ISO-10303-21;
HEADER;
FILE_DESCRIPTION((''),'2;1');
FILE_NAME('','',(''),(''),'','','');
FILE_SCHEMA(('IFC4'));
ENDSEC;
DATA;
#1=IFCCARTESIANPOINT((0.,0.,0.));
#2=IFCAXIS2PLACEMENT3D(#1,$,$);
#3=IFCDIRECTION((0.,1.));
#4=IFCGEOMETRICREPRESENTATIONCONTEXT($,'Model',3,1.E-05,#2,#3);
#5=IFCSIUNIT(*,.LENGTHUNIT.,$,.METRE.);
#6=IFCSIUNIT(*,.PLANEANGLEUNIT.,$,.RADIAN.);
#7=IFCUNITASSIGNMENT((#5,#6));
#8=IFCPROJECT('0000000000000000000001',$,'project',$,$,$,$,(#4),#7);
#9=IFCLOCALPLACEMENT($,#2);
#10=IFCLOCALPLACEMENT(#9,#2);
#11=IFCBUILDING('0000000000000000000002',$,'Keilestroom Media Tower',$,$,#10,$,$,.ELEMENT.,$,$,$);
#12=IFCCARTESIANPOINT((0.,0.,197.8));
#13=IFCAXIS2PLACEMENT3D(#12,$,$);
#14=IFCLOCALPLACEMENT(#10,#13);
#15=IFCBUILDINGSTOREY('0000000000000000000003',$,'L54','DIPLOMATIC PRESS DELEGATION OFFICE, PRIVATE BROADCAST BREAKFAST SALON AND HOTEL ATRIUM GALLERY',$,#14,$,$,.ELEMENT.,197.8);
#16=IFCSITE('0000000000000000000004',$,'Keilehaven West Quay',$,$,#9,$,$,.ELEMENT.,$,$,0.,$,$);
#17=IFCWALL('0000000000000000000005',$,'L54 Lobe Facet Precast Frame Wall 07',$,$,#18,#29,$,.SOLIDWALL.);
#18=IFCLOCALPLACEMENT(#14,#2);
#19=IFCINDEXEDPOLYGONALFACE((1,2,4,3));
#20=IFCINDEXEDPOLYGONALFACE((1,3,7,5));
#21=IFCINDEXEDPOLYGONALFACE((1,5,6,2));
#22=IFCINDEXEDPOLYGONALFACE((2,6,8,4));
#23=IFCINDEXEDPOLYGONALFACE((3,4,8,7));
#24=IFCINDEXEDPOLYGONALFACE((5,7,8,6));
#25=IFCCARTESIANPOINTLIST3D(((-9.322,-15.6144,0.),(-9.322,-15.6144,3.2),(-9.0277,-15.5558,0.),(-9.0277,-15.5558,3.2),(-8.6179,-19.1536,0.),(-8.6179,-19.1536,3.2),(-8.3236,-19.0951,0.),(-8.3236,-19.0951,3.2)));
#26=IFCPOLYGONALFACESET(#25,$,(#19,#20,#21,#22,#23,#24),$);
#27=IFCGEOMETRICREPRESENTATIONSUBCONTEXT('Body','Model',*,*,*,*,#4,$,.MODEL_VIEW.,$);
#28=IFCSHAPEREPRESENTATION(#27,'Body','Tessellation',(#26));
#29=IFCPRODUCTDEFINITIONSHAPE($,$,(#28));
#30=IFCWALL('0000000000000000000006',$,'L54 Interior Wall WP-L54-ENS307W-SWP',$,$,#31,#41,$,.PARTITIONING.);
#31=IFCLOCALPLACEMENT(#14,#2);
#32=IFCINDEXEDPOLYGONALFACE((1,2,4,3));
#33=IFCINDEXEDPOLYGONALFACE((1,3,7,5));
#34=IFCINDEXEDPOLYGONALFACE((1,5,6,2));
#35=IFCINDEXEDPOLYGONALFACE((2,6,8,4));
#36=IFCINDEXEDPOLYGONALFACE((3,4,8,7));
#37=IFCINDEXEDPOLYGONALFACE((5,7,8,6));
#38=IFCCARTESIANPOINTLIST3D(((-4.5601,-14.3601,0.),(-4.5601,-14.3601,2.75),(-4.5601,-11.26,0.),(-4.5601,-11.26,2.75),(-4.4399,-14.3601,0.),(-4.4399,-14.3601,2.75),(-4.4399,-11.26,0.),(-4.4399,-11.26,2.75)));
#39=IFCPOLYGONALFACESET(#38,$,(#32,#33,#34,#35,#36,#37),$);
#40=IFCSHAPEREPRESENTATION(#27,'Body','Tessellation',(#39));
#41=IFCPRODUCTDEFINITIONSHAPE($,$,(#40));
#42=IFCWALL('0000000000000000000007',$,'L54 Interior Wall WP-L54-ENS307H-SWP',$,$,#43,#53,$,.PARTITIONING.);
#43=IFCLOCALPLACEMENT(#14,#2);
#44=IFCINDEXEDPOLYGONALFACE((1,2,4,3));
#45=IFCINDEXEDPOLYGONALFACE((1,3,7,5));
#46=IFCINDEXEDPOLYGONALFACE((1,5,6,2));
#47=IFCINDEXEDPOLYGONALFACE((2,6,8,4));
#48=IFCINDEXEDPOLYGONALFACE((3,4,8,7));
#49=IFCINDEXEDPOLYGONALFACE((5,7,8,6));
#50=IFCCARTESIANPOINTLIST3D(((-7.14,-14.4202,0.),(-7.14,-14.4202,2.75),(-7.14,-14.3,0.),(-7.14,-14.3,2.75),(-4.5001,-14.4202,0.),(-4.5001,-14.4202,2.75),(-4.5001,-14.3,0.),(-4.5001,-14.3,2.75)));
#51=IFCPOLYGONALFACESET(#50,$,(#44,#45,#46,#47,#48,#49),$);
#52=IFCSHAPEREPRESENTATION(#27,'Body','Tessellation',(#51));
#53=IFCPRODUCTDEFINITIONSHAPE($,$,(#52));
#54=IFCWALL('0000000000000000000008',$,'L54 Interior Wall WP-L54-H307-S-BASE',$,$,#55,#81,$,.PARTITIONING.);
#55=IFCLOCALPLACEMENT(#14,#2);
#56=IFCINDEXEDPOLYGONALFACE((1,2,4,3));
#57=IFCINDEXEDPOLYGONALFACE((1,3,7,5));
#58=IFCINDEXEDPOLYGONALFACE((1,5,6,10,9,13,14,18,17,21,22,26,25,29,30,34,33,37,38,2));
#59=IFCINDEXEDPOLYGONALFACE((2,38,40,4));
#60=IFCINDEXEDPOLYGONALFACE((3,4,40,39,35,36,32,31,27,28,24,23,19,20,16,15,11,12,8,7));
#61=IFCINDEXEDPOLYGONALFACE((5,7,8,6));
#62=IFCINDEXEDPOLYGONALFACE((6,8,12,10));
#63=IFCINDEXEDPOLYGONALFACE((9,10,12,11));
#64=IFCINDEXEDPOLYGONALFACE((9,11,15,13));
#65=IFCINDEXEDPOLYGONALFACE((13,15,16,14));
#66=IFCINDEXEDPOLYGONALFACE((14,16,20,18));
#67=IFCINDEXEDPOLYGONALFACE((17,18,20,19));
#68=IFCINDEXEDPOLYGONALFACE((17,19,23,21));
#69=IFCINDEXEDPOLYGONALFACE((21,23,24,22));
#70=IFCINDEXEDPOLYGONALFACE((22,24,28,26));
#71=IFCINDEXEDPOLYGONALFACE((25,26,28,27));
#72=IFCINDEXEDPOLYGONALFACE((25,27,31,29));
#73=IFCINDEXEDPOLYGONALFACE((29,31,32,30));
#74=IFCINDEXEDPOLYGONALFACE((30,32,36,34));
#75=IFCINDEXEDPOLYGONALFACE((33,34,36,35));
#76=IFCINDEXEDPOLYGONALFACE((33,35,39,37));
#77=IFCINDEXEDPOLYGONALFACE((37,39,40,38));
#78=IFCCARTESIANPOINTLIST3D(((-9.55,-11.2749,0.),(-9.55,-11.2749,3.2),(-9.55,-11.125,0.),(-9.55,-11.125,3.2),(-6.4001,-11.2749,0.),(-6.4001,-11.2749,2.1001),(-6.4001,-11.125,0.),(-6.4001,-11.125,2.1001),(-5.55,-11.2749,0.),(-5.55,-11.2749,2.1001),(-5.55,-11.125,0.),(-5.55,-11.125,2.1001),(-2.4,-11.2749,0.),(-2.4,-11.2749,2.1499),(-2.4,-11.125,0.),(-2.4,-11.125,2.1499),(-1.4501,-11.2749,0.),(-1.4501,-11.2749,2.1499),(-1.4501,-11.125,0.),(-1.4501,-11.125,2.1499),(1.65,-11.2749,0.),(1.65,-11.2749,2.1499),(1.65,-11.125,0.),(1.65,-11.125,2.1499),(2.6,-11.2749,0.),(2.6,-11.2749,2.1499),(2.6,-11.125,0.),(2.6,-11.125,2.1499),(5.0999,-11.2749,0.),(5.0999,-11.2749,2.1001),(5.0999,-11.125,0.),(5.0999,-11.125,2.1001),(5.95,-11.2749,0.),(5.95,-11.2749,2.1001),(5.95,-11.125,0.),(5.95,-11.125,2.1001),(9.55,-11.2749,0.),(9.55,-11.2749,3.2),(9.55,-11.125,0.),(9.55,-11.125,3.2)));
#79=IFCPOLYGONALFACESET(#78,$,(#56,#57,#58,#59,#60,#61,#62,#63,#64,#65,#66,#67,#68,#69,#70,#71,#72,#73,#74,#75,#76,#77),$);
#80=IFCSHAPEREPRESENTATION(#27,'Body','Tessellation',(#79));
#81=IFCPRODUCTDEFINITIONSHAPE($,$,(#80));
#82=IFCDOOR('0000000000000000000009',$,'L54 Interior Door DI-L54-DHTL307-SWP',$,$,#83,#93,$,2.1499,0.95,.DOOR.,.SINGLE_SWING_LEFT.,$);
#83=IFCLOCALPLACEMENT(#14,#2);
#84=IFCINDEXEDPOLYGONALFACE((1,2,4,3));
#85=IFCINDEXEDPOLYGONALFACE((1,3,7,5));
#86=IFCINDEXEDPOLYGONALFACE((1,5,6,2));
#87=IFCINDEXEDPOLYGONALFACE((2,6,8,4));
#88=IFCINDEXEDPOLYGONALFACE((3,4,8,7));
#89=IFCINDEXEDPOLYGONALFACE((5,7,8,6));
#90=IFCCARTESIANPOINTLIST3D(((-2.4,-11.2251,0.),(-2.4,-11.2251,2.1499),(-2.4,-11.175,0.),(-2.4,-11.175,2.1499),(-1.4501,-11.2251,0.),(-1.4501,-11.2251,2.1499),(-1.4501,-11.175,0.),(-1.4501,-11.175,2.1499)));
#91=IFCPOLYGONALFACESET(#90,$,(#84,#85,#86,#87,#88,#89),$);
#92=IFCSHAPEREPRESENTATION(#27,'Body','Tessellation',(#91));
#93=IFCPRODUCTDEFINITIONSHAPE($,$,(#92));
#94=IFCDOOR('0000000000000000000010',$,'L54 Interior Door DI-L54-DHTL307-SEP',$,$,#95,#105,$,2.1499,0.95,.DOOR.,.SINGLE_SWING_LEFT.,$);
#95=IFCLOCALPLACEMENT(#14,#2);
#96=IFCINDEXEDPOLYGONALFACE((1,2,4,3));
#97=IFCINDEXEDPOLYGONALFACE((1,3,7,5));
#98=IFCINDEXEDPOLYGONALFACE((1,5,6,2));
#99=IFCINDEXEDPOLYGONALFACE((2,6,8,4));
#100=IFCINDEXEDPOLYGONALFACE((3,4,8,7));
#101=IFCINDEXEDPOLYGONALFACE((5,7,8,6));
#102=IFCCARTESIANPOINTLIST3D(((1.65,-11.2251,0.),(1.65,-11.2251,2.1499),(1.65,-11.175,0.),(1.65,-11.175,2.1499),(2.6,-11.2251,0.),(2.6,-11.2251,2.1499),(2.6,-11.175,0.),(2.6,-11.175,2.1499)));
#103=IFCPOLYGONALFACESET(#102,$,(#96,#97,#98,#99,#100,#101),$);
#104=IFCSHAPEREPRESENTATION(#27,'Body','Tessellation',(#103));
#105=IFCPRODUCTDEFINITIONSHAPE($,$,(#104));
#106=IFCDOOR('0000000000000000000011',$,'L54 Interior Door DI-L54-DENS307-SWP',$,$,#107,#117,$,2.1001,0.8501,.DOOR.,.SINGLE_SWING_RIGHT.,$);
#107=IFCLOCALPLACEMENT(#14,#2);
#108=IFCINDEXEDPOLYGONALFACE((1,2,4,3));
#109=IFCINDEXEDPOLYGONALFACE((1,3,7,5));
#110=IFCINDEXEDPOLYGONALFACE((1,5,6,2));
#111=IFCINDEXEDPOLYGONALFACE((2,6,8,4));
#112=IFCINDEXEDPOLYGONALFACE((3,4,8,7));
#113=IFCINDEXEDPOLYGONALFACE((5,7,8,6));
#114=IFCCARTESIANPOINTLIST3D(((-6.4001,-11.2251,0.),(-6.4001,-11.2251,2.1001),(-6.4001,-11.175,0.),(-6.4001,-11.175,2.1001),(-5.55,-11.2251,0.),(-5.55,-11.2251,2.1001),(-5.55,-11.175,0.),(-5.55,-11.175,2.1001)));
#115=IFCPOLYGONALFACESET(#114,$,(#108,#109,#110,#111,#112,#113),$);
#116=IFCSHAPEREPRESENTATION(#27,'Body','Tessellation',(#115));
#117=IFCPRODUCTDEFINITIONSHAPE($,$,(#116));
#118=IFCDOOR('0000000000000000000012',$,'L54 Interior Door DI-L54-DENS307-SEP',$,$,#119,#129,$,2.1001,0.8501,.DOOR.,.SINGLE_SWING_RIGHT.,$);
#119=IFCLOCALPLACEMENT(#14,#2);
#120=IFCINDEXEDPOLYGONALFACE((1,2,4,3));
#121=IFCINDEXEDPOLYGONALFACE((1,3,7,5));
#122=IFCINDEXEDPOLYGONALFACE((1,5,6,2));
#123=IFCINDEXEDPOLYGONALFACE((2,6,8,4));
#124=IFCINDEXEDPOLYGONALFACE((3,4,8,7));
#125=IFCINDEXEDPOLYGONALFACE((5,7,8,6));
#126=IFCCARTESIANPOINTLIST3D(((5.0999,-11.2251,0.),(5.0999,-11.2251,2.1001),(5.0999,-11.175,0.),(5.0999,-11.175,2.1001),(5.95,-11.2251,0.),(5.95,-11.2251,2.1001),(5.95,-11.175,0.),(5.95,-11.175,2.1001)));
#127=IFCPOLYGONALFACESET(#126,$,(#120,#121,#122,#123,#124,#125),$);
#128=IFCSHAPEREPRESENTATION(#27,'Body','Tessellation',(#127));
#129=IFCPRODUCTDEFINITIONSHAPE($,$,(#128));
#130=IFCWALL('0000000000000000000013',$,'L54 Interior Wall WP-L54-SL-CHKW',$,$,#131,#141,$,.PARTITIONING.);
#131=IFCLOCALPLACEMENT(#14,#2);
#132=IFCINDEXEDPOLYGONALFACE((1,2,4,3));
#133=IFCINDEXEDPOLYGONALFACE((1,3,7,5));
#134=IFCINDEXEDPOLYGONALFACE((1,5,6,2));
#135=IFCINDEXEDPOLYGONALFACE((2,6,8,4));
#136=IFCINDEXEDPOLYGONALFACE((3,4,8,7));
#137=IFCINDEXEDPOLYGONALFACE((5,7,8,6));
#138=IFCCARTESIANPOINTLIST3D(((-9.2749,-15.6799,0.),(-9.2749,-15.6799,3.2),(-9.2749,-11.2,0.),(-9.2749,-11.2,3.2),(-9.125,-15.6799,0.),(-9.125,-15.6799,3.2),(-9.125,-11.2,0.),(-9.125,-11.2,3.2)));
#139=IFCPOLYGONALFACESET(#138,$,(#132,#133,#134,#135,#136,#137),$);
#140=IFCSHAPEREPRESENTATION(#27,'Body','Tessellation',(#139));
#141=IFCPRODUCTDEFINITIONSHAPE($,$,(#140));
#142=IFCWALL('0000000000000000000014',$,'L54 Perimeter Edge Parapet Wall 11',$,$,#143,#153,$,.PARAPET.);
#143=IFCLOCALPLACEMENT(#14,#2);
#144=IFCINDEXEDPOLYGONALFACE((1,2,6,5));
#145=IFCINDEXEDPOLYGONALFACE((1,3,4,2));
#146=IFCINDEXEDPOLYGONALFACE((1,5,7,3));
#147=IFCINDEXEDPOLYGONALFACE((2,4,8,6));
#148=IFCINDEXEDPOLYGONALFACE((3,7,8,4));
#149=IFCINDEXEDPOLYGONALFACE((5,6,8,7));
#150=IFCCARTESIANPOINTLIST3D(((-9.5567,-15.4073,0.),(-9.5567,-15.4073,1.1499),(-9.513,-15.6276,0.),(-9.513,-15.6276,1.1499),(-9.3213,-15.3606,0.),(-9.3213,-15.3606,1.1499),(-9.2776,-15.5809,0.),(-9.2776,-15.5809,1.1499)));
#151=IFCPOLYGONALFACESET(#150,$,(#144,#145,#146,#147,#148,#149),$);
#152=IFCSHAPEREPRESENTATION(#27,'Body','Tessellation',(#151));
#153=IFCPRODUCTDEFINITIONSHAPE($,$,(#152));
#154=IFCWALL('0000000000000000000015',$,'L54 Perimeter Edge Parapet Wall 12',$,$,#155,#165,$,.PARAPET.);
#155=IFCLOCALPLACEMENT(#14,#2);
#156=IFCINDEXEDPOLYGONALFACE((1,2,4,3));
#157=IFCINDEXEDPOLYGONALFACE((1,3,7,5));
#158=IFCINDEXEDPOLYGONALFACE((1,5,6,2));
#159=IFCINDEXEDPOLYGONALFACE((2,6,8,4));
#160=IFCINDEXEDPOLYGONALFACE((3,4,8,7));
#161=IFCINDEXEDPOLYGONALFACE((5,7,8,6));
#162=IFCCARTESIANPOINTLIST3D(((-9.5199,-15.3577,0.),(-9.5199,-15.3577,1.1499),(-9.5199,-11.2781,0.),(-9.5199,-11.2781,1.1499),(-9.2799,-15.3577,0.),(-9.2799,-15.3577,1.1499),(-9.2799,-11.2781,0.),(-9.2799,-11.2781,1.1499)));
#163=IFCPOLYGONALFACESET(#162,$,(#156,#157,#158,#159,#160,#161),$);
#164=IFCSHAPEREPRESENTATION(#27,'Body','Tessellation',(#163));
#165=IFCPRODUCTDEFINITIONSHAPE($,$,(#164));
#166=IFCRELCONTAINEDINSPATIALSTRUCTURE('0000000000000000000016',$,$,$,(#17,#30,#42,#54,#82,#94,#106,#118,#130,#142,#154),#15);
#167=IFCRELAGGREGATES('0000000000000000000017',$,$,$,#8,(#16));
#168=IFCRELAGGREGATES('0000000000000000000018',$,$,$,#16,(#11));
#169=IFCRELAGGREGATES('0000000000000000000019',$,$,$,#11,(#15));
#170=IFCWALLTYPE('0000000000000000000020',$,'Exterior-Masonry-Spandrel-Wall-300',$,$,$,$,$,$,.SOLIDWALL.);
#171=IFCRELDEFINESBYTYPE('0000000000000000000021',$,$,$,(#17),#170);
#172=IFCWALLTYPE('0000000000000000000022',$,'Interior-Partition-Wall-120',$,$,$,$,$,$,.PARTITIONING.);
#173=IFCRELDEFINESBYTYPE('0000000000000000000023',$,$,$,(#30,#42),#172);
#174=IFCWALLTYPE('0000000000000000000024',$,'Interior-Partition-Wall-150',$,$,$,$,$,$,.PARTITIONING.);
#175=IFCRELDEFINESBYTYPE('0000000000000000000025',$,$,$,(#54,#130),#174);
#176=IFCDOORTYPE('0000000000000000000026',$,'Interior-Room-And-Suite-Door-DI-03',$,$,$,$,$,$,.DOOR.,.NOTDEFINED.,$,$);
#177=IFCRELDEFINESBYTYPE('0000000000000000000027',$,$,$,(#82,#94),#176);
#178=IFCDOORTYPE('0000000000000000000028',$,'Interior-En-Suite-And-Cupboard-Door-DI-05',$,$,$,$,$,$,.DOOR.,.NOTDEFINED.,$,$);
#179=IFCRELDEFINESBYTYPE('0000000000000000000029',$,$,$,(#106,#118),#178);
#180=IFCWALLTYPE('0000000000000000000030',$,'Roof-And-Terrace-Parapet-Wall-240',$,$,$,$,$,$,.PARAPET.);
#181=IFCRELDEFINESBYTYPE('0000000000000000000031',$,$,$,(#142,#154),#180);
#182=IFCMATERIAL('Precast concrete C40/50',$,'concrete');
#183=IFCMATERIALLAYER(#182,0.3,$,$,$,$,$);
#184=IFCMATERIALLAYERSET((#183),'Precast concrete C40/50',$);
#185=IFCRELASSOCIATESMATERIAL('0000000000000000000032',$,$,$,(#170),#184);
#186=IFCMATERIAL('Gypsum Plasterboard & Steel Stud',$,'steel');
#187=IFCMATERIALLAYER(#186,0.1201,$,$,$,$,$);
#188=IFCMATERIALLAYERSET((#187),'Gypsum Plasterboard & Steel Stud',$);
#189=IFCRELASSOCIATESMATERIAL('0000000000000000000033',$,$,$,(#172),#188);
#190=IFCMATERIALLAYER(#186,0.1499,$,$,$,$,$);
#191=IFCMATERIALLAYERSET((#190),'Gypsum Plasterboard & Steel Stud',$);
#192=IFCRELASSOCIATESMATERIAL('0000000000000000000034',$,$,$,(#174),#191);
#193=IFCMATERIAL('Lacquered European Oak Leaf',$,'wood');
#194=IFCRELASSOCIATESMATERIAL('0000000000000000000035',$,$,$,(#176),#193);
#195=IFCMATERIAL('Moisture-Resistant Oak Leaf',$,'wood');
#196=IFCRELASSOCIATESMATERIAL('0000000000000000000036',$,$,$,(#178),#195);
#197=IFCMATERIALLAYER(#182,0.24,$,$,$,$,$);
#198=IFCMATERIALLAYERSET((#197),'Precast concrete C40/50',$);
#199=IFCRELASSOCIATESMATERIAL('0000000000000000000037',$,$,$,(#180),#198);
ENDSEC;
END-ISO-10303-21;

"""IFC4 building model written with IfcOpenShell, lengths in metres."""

from ifc_helpers import new_model, si_unit, direction, frame, frame_2d, origin, place, context, subcontext, project, spatial, rectangle, extrude, source, transform, mapped, material, layer, layer_set, type_object, element, fill, save


model = new_model("IFC4")

# Units and contexts
model_context = context("Model", 3, precision=1e-05, world=origin(), true_north=direction((0.0, 1.0)))
body_context = subcontext(model_context, "Body", "Model", "MODEL_VIEW")
ifc_project = project(units=[si_unit("LENGTHUNIT", "METRE"), si_unit("PLANEANGLEUNIT", "RADIAN")], contexts=[model_context])

# Site, building, storey
site_placement = place(None, origin())
site = spatial("IfcSite", under=ifc_project, at=site_placement, Name="Keilehaven West Quay", CompositionType="ELEMENT", RefElevation=0.0)
building_placement = place(site_placement, origin())
building = spatial("IfcBuilding", under=site, at=building_placement, Name="Keilestroom Media Tower", CompositionType="ELEMENT")
storey_placement = place(building_placement, frame((0.0, 0.0, 197.8)))
storey = spatial("IfcBuildingStorey", under=building, at=storey_placement, Name="L54", Description="DIPLOMATIC PRESS DELEGATION OFFICE, PRIVATE BROADCAST BREAKFAST SALON AND HOTEL ATRIUM GALLERY", CompositionType="ELEMENT", Elevation=197.8)

# Walls
ifc_material_1 = material(Name="Precast concrete C40/50", Category="concrete")
ifc_layer_1 = layer(ifc_material_1, 0.3)
ifc_layer_set_1 = layer_set([ifc_layer_1], Name="Precast concrete C40/50")
wall_type_1 = type_object("IfcWallType", Name="Exterior-Masonry-Spandrel-Wall-300", PredefinedType="SOLIDWALL", material=ifc_layer_set_1)
wall_1_placement = place(storey_placement, frame((-9.1748, -15.5852, 0.0), z_axis=(0.0, 0.0, 1.0), x_axis=(0.195114, -0.980781, 0.0)))
element("IfcWall", 1, at=wall_1_placement, inside=storey, type_object=wall_type_1, Name="L54 Lobe Facet Precast Frame Wall 07", PredefinedType="SOLIDWALL", context=body_context, shape_type="SweptSolid", body=[
    extrude(rectangle(XDim=3.6086, YDim=0.3, at=frame_2d((1.8042, 0.0))), origin(), (0.0, 0.0, 1.0), 3.2),
])
ifc_material_2 = material(Name="Gypsum Plasterboard & Steel Stud", Category="steel")
ifc_layer_2 = layer(ifc_material_2, 0.1201)
ifc_layer_set_2 = layer_set([ifc_layer_2], Name="Gypsum Plasterboard & Steel Stud")
wall_type_2 = type_object("IfcWallType", Name="Interior-Partition-Wall-120", PredefinedType="PARTITIONING", material=ifc_layer_set_2)
wall_2_placement = place(storey_placement, frame((-4.5, -14.3601, 0.0), z_axis=(0.0, 0.0, 1.0), x_axis=(0.0, 1.0, 0.0)))
element("IfcWall", 2, at=wall_2_placement, inside=storey, type_object=wall_type_2, Name="L54 Interior Wall WP-L54-ENS307W-SWP", PredefinedType="PARTITIONING", context=body_context, shape_type="SweptSolid", body=[
    extrude(rectangle(XDim=3.1001, YDim=0.1201, at=frame_2d((1.55, 0.0))), origin(), (0.0, 0.0, 1.0), 2.75),
])
wall_3_placement = place(storey_placement, frame((-7.1399, -14.3601, 0.0), z_axis=(0.0, 0.0, 1.0), x_axis=(1.0, 0.0, 0.0)))
element("IfcWall", 3, at=wall_3_placement, inside=storey, type_object=wall_type_2, Name="L54 Interior Wall WP-L54-ENS307H-SWP", PredefinedType="PARTITIONING", context=body_context, shape_type="SweptSolid", body=[
    extrude(rectangle(XDim=2.6399, YDim=0.1201, at=frame_2d((1.3198, 0.0))), origin(), (0.0, 0.0, 1.0), 2.75),
])

# Wall, openings, doors
ifc_layer_3 = layer(ifc_material_2, 0.1499)
ifc_layer_set_3 = layer_set([ifc_layer_3], Name="Gypsum Plasterboard & Steel Stud")
wall_type_3 = type_object("IfcWallType", Name="Interior-Partition-Wall-150", PredefinedType="PARTITIONING", material=ifc_layer_set_3)
wall_4_placement = place(storey_placement, frame((-9.55, -11.2, 0.0), z_axis=(0.0, 0.0, 1.0), x_axis=(1.0, 0.0, 0.0)))
wall_4 = element("IfcWall", 4, at=wall_4_placement, inside=storey, type_object=wall_type_3, Name="L54 Interior Wall WP-L54-H307-S-BASE", PredefinedType="PARTITIONING", context=body_context, shape_type="SweptSolid", body=[
    extrude(rectangle(XDim=19.1001, YDim=0.1499, at=frame_2d((9.55, 0.0))), origin(), (0.0, 0.0, 1.0), 3.2),
])
opening_1_placement = place(wall_4_placement, frame((3.1499, 0.0, 0.0)))
opening_1 = element("IfcOpeningElement", 5, at=opening_1_placement, cuts=wall_4, PredefinedType="OPENING", context=body_context, shape_type="SweptSolid", body=[
    extrude(rectangle(XDim=0.8501, YDim=2.1001, at=frame_2d((0.425, 1.05))), frame((0.0, 0.085, 0.0), z_axis=(0.0, -1.0, 0.0), x_axis=(1.0, 0.0, 0.0)), (0.0, 0.0, 1.0), 0.1699),
])
opening_2_placement = place(wall_4_placement, frame((7.1499, 0.0, 0.0)))
opening_2 = element("IfcOpeningElement", 6, at=opening_2_placement, cuts=wall_4, PredefinedType="OPENING", context=body_context, shape_type="SweptSolid", body=[
    extrude(rectangle(XDim=0.95, YDim=2.1499, at=frame_2d((0.4751, 1.075))), frame((0.0, 0.085, 0.0), z_axis=(0.0, -1.0, 0.0), x_axis=(1.0, 0.0, 0.0)), (0.0, 0.0, 1.0), 0.1699),
])
opening_3_placement = place(wall_4_placement, frame((14.6499, 0.0, 0.0)))
opening_3 = element("IfcOpeningElement", 7, at=opening_3_placement, cuts=wall_4, PredefinedType="OPENING", context=body_context, shape_type="SweptSolid", body=[
    extrude(rectangle(XDim=0.8501, YDim=2.1001, at=frame_2d((0.425, 1.05))), frame((0.0, 0.085, 0.0), z_axis=(0.0, -1.0, 0.0), x_axis=(1.0, 0.0, 0.0)), (0.0, 0.0, 1.0), 0.1699),
])
opening_4_placement = place(wall_4_placement, frame((11.2, 0.0, 0.0)))
opening_4 = element("IfcOpeningElement", 8, at=opening_4_placement, cuts=wall_4, PredefinedType="OPENING", context=body_context, shape_type="SweptSolid", body=[
    extrude(rectangle(XDim=0.95, YDim=2.1499, at=frame_2d((0.4751, 1.075))), frame((0.0, 0.085, 0.0), z_axis=(0.0, -1.0, 0.0), x_axis=(1.0, 0.0, 0.0)), (0.0, 0.0, 1.0), 0.1699),
])
ifc_material_3 = material(Name="Lacquered European Oak Leaf", Category="wood")
door_type_1 = type_object("IfcDoorType", Name="Interior-Room-And-Suite-Door-DI-03", OperationType="NOTDEFINED", PredefinedType="DOOR", material=ifc_material_3)
shared_shape_1 = source(origin(), body_context, "Body", "SweptSolid", [
    extrude(rectangle(XDim=0.95, YDim=2.1499, at=frame_2d((0.4751, 1.075))), frame((0.0, 0.0249, 0.0), z_axis=(0.0, -1.0, 0.0), x_axis=(1.0, 0.0, 0.0)), (0.0, 0.0, 1.0), 0.05),
])
door_1_placement = place(opening_2_placement, origin())
door_1 = element("IfcDoor", 9, at=door_1_placement, inside=storey, type_object=door_type_1, Name="L54 Interior Door DI-L54-DHTL307-SWP", OperationType="SINGLE_SWING_LEFT", OverallHeight=2.1499, OverallWidth=0.95, PredefinedType="DOOR", context=body_context, shape_type="MappedRepresentation", body=[
    mapped(shared_shape_1, transform((0.0, 0.0, 0.0), x_axis=(1.0, 0.0, 0.0), y_axis=(0.0, 1.0, 0.0), z_axis=(0.0, 0.0, 1.0), scale=1.0)),
])
fill(opening_2, door_1)
door_2_placement = place(opening_4_placement, origin())
door_2 = element("IfcDoor", 10, at=door_2_placement, inside=storey, type_object=door_type_1, Name="L54 Interior Door DI-L54-DHTL307-SEP", OperationType="SINGLE_SWING_LEFT", OverallHeight=2.1499, OverallWidth=0.95, PredefinedType="DOOR", context=body_context, shape_type="MappedRepresentation", body=[
    mapped(shared_shape_1, transform((0.0, 0.0, 0.0), x_axis=(1.0, 0.0, 0.0), y_axis=(0.0, 1.0, 0.0), z_axis=(0.0, 0.0, 1.0), scale=1.0)),
])
fill(opening_4, door_2)
ifc_material_4 = material(Name="Moisture-Resistant Oak Leaf", Category="wood")
door_type_2 = type_object("IfcDoorType", Name="Interior-En-Suite-And-Cupboard-Door-DI-05", OperationType="NOTDEFINED", PredefinedType="DOOR", material=ifc_material_4)
shared_shape_2 = source(origin(), body_context, "Body", "SweptSolid", [
    extrude(rectangle(XDim=0.8501, YDim=2.1001, at=frame_2d((0.425, 1.05))), frame((0.0, 0.0249, 0.0), z_axis=(0.0, -1.0, 0.0), x_axis=(1.0, 0.0, 0.0)), (0.0, 0.0, 1.0), 0.05),
])
door_3_placement = place(opening_1_placement, origin())
door_3 = element("IfcDoor", 11, at=door_3_placement, inside=storey, type_object=door_type_2, Name="L54 Interior Door DI-L54-DENS307-SWP", OperationType="SINGLE_SWING_RIGHT", OverallHeight=2.1001, OverallWidth=0.8501, PredefinedType="DOOR", context=body_context, shape_type="MappedRepresentation", body=[
    mapped(shared_shape_2, transform((0.0, 0.0, 0.0), x_axis=(1.0, 0.0, 0.0), y_axis=(0.0, 1.0, 0.0), z_axis=(0.0, 0.0, 1.0), scale=1.0)),
])
fill(opening_1, door_3)
door_4_placement = place(opening_3_placement, origin())
door_4 = element("IfcDoor", 12, at=door_4_placement, inside=storey, type_object=door_type_2, Name="L54 Interior Door DI-L54-DENS307-SEP", OperationType="SINGLE_SWING_RIGHT", OverallHeight=2.1001, OverallWidth=0.8501, PredefinedType="DOOR", context=body_context, shape_type="MappedRepresentation", body=[
    mapped(shared_shape_2, transform((0.0, 0.0, 0.0), x_axis=(1.0, 0.0, 0.0), y_axis=(0.0, 1.0, 0.0), z_axis=(0.0, 0.0, 1.0), scale=1.0)),
])
fill(opening_3, door_4)

# Walls
wall_5_placement = place(storey_placement, frame((-9.2, -15.6799, 0.0), z_axis=(0.0, 0.0, 1.0), x_axis=(0.0, 1.0, 0.0)))
element("IfcWall", 13, at=wall_5_placement, inside=storey, type_object=wall_type_3, Name="L54 Interior Wall WP-L54-SL-CHKW", PredefinedType="PARTITIONING", context=body_context, shape_type="SweptSolid", body=[
    extrude(rectangle(XDim=4.48, YDim=0.1499, at=frame_2d((2.24, 0.0))), origin(), (0.0, 0.0, 1.0), 3.2),
])
ifc_layer_4 = layer(ifc_material_1, 0.24)
ifc_layer_set_4 = layer_set([ifc_layer_4], Name="Precast concrete C40/50")
wall_type_4 = type_object("IfcWallType", Name="Roof-And-Terrace-Parapet-Wall-240", PredefinedType="PARAPET", material=ifc_layer_set_4)
wall_6_placement = place(storey_placement, frame((-9.3953, -15.6042, 0.0), z_axis=(0.0, 0.0, 1.0), x_axis=(-0.194652, 0.980872, 0.0)))
element("IfcWall", 14, at=wall_6_placement, inside=storey, type_object=wall_type_4, Name="L54 Perimeter Edge Parapet Wall 11", PredefinedType="PARAPET", context=body_context, shape_type="SweptSolid", body=[
    extrude(rectangle(XDim=0.2246, YDim=0.24, at=frame_2d((0.1123, 0.0))), origin(), (0.0, 0.0, 1.0), 1.1499),
])
wall_7_placement = place(storey_placement, frame((-9.3999, -15.3577, 0.0), z_axis=(0.0, 0.0, 1.0), x_axis=(0.0, 1.0, 0.0)))
element("IfcWall", 15, at=wall_7_placement, inside=storey, type_object=wall_type_4, Name="L54 Perimeter Edge Parapet Wall 12", PredefinedType="PARAPET", context=body_context, shape_type="SweptSolid", body=[
    extrude(rectangle(XDim=4.0796, YDim=0.24, at=frame_2d((2.0398, 0.0))), origin(), (0.0, 0.0, 1.0), 1.1499),
])

save(model, "model.ifc")
